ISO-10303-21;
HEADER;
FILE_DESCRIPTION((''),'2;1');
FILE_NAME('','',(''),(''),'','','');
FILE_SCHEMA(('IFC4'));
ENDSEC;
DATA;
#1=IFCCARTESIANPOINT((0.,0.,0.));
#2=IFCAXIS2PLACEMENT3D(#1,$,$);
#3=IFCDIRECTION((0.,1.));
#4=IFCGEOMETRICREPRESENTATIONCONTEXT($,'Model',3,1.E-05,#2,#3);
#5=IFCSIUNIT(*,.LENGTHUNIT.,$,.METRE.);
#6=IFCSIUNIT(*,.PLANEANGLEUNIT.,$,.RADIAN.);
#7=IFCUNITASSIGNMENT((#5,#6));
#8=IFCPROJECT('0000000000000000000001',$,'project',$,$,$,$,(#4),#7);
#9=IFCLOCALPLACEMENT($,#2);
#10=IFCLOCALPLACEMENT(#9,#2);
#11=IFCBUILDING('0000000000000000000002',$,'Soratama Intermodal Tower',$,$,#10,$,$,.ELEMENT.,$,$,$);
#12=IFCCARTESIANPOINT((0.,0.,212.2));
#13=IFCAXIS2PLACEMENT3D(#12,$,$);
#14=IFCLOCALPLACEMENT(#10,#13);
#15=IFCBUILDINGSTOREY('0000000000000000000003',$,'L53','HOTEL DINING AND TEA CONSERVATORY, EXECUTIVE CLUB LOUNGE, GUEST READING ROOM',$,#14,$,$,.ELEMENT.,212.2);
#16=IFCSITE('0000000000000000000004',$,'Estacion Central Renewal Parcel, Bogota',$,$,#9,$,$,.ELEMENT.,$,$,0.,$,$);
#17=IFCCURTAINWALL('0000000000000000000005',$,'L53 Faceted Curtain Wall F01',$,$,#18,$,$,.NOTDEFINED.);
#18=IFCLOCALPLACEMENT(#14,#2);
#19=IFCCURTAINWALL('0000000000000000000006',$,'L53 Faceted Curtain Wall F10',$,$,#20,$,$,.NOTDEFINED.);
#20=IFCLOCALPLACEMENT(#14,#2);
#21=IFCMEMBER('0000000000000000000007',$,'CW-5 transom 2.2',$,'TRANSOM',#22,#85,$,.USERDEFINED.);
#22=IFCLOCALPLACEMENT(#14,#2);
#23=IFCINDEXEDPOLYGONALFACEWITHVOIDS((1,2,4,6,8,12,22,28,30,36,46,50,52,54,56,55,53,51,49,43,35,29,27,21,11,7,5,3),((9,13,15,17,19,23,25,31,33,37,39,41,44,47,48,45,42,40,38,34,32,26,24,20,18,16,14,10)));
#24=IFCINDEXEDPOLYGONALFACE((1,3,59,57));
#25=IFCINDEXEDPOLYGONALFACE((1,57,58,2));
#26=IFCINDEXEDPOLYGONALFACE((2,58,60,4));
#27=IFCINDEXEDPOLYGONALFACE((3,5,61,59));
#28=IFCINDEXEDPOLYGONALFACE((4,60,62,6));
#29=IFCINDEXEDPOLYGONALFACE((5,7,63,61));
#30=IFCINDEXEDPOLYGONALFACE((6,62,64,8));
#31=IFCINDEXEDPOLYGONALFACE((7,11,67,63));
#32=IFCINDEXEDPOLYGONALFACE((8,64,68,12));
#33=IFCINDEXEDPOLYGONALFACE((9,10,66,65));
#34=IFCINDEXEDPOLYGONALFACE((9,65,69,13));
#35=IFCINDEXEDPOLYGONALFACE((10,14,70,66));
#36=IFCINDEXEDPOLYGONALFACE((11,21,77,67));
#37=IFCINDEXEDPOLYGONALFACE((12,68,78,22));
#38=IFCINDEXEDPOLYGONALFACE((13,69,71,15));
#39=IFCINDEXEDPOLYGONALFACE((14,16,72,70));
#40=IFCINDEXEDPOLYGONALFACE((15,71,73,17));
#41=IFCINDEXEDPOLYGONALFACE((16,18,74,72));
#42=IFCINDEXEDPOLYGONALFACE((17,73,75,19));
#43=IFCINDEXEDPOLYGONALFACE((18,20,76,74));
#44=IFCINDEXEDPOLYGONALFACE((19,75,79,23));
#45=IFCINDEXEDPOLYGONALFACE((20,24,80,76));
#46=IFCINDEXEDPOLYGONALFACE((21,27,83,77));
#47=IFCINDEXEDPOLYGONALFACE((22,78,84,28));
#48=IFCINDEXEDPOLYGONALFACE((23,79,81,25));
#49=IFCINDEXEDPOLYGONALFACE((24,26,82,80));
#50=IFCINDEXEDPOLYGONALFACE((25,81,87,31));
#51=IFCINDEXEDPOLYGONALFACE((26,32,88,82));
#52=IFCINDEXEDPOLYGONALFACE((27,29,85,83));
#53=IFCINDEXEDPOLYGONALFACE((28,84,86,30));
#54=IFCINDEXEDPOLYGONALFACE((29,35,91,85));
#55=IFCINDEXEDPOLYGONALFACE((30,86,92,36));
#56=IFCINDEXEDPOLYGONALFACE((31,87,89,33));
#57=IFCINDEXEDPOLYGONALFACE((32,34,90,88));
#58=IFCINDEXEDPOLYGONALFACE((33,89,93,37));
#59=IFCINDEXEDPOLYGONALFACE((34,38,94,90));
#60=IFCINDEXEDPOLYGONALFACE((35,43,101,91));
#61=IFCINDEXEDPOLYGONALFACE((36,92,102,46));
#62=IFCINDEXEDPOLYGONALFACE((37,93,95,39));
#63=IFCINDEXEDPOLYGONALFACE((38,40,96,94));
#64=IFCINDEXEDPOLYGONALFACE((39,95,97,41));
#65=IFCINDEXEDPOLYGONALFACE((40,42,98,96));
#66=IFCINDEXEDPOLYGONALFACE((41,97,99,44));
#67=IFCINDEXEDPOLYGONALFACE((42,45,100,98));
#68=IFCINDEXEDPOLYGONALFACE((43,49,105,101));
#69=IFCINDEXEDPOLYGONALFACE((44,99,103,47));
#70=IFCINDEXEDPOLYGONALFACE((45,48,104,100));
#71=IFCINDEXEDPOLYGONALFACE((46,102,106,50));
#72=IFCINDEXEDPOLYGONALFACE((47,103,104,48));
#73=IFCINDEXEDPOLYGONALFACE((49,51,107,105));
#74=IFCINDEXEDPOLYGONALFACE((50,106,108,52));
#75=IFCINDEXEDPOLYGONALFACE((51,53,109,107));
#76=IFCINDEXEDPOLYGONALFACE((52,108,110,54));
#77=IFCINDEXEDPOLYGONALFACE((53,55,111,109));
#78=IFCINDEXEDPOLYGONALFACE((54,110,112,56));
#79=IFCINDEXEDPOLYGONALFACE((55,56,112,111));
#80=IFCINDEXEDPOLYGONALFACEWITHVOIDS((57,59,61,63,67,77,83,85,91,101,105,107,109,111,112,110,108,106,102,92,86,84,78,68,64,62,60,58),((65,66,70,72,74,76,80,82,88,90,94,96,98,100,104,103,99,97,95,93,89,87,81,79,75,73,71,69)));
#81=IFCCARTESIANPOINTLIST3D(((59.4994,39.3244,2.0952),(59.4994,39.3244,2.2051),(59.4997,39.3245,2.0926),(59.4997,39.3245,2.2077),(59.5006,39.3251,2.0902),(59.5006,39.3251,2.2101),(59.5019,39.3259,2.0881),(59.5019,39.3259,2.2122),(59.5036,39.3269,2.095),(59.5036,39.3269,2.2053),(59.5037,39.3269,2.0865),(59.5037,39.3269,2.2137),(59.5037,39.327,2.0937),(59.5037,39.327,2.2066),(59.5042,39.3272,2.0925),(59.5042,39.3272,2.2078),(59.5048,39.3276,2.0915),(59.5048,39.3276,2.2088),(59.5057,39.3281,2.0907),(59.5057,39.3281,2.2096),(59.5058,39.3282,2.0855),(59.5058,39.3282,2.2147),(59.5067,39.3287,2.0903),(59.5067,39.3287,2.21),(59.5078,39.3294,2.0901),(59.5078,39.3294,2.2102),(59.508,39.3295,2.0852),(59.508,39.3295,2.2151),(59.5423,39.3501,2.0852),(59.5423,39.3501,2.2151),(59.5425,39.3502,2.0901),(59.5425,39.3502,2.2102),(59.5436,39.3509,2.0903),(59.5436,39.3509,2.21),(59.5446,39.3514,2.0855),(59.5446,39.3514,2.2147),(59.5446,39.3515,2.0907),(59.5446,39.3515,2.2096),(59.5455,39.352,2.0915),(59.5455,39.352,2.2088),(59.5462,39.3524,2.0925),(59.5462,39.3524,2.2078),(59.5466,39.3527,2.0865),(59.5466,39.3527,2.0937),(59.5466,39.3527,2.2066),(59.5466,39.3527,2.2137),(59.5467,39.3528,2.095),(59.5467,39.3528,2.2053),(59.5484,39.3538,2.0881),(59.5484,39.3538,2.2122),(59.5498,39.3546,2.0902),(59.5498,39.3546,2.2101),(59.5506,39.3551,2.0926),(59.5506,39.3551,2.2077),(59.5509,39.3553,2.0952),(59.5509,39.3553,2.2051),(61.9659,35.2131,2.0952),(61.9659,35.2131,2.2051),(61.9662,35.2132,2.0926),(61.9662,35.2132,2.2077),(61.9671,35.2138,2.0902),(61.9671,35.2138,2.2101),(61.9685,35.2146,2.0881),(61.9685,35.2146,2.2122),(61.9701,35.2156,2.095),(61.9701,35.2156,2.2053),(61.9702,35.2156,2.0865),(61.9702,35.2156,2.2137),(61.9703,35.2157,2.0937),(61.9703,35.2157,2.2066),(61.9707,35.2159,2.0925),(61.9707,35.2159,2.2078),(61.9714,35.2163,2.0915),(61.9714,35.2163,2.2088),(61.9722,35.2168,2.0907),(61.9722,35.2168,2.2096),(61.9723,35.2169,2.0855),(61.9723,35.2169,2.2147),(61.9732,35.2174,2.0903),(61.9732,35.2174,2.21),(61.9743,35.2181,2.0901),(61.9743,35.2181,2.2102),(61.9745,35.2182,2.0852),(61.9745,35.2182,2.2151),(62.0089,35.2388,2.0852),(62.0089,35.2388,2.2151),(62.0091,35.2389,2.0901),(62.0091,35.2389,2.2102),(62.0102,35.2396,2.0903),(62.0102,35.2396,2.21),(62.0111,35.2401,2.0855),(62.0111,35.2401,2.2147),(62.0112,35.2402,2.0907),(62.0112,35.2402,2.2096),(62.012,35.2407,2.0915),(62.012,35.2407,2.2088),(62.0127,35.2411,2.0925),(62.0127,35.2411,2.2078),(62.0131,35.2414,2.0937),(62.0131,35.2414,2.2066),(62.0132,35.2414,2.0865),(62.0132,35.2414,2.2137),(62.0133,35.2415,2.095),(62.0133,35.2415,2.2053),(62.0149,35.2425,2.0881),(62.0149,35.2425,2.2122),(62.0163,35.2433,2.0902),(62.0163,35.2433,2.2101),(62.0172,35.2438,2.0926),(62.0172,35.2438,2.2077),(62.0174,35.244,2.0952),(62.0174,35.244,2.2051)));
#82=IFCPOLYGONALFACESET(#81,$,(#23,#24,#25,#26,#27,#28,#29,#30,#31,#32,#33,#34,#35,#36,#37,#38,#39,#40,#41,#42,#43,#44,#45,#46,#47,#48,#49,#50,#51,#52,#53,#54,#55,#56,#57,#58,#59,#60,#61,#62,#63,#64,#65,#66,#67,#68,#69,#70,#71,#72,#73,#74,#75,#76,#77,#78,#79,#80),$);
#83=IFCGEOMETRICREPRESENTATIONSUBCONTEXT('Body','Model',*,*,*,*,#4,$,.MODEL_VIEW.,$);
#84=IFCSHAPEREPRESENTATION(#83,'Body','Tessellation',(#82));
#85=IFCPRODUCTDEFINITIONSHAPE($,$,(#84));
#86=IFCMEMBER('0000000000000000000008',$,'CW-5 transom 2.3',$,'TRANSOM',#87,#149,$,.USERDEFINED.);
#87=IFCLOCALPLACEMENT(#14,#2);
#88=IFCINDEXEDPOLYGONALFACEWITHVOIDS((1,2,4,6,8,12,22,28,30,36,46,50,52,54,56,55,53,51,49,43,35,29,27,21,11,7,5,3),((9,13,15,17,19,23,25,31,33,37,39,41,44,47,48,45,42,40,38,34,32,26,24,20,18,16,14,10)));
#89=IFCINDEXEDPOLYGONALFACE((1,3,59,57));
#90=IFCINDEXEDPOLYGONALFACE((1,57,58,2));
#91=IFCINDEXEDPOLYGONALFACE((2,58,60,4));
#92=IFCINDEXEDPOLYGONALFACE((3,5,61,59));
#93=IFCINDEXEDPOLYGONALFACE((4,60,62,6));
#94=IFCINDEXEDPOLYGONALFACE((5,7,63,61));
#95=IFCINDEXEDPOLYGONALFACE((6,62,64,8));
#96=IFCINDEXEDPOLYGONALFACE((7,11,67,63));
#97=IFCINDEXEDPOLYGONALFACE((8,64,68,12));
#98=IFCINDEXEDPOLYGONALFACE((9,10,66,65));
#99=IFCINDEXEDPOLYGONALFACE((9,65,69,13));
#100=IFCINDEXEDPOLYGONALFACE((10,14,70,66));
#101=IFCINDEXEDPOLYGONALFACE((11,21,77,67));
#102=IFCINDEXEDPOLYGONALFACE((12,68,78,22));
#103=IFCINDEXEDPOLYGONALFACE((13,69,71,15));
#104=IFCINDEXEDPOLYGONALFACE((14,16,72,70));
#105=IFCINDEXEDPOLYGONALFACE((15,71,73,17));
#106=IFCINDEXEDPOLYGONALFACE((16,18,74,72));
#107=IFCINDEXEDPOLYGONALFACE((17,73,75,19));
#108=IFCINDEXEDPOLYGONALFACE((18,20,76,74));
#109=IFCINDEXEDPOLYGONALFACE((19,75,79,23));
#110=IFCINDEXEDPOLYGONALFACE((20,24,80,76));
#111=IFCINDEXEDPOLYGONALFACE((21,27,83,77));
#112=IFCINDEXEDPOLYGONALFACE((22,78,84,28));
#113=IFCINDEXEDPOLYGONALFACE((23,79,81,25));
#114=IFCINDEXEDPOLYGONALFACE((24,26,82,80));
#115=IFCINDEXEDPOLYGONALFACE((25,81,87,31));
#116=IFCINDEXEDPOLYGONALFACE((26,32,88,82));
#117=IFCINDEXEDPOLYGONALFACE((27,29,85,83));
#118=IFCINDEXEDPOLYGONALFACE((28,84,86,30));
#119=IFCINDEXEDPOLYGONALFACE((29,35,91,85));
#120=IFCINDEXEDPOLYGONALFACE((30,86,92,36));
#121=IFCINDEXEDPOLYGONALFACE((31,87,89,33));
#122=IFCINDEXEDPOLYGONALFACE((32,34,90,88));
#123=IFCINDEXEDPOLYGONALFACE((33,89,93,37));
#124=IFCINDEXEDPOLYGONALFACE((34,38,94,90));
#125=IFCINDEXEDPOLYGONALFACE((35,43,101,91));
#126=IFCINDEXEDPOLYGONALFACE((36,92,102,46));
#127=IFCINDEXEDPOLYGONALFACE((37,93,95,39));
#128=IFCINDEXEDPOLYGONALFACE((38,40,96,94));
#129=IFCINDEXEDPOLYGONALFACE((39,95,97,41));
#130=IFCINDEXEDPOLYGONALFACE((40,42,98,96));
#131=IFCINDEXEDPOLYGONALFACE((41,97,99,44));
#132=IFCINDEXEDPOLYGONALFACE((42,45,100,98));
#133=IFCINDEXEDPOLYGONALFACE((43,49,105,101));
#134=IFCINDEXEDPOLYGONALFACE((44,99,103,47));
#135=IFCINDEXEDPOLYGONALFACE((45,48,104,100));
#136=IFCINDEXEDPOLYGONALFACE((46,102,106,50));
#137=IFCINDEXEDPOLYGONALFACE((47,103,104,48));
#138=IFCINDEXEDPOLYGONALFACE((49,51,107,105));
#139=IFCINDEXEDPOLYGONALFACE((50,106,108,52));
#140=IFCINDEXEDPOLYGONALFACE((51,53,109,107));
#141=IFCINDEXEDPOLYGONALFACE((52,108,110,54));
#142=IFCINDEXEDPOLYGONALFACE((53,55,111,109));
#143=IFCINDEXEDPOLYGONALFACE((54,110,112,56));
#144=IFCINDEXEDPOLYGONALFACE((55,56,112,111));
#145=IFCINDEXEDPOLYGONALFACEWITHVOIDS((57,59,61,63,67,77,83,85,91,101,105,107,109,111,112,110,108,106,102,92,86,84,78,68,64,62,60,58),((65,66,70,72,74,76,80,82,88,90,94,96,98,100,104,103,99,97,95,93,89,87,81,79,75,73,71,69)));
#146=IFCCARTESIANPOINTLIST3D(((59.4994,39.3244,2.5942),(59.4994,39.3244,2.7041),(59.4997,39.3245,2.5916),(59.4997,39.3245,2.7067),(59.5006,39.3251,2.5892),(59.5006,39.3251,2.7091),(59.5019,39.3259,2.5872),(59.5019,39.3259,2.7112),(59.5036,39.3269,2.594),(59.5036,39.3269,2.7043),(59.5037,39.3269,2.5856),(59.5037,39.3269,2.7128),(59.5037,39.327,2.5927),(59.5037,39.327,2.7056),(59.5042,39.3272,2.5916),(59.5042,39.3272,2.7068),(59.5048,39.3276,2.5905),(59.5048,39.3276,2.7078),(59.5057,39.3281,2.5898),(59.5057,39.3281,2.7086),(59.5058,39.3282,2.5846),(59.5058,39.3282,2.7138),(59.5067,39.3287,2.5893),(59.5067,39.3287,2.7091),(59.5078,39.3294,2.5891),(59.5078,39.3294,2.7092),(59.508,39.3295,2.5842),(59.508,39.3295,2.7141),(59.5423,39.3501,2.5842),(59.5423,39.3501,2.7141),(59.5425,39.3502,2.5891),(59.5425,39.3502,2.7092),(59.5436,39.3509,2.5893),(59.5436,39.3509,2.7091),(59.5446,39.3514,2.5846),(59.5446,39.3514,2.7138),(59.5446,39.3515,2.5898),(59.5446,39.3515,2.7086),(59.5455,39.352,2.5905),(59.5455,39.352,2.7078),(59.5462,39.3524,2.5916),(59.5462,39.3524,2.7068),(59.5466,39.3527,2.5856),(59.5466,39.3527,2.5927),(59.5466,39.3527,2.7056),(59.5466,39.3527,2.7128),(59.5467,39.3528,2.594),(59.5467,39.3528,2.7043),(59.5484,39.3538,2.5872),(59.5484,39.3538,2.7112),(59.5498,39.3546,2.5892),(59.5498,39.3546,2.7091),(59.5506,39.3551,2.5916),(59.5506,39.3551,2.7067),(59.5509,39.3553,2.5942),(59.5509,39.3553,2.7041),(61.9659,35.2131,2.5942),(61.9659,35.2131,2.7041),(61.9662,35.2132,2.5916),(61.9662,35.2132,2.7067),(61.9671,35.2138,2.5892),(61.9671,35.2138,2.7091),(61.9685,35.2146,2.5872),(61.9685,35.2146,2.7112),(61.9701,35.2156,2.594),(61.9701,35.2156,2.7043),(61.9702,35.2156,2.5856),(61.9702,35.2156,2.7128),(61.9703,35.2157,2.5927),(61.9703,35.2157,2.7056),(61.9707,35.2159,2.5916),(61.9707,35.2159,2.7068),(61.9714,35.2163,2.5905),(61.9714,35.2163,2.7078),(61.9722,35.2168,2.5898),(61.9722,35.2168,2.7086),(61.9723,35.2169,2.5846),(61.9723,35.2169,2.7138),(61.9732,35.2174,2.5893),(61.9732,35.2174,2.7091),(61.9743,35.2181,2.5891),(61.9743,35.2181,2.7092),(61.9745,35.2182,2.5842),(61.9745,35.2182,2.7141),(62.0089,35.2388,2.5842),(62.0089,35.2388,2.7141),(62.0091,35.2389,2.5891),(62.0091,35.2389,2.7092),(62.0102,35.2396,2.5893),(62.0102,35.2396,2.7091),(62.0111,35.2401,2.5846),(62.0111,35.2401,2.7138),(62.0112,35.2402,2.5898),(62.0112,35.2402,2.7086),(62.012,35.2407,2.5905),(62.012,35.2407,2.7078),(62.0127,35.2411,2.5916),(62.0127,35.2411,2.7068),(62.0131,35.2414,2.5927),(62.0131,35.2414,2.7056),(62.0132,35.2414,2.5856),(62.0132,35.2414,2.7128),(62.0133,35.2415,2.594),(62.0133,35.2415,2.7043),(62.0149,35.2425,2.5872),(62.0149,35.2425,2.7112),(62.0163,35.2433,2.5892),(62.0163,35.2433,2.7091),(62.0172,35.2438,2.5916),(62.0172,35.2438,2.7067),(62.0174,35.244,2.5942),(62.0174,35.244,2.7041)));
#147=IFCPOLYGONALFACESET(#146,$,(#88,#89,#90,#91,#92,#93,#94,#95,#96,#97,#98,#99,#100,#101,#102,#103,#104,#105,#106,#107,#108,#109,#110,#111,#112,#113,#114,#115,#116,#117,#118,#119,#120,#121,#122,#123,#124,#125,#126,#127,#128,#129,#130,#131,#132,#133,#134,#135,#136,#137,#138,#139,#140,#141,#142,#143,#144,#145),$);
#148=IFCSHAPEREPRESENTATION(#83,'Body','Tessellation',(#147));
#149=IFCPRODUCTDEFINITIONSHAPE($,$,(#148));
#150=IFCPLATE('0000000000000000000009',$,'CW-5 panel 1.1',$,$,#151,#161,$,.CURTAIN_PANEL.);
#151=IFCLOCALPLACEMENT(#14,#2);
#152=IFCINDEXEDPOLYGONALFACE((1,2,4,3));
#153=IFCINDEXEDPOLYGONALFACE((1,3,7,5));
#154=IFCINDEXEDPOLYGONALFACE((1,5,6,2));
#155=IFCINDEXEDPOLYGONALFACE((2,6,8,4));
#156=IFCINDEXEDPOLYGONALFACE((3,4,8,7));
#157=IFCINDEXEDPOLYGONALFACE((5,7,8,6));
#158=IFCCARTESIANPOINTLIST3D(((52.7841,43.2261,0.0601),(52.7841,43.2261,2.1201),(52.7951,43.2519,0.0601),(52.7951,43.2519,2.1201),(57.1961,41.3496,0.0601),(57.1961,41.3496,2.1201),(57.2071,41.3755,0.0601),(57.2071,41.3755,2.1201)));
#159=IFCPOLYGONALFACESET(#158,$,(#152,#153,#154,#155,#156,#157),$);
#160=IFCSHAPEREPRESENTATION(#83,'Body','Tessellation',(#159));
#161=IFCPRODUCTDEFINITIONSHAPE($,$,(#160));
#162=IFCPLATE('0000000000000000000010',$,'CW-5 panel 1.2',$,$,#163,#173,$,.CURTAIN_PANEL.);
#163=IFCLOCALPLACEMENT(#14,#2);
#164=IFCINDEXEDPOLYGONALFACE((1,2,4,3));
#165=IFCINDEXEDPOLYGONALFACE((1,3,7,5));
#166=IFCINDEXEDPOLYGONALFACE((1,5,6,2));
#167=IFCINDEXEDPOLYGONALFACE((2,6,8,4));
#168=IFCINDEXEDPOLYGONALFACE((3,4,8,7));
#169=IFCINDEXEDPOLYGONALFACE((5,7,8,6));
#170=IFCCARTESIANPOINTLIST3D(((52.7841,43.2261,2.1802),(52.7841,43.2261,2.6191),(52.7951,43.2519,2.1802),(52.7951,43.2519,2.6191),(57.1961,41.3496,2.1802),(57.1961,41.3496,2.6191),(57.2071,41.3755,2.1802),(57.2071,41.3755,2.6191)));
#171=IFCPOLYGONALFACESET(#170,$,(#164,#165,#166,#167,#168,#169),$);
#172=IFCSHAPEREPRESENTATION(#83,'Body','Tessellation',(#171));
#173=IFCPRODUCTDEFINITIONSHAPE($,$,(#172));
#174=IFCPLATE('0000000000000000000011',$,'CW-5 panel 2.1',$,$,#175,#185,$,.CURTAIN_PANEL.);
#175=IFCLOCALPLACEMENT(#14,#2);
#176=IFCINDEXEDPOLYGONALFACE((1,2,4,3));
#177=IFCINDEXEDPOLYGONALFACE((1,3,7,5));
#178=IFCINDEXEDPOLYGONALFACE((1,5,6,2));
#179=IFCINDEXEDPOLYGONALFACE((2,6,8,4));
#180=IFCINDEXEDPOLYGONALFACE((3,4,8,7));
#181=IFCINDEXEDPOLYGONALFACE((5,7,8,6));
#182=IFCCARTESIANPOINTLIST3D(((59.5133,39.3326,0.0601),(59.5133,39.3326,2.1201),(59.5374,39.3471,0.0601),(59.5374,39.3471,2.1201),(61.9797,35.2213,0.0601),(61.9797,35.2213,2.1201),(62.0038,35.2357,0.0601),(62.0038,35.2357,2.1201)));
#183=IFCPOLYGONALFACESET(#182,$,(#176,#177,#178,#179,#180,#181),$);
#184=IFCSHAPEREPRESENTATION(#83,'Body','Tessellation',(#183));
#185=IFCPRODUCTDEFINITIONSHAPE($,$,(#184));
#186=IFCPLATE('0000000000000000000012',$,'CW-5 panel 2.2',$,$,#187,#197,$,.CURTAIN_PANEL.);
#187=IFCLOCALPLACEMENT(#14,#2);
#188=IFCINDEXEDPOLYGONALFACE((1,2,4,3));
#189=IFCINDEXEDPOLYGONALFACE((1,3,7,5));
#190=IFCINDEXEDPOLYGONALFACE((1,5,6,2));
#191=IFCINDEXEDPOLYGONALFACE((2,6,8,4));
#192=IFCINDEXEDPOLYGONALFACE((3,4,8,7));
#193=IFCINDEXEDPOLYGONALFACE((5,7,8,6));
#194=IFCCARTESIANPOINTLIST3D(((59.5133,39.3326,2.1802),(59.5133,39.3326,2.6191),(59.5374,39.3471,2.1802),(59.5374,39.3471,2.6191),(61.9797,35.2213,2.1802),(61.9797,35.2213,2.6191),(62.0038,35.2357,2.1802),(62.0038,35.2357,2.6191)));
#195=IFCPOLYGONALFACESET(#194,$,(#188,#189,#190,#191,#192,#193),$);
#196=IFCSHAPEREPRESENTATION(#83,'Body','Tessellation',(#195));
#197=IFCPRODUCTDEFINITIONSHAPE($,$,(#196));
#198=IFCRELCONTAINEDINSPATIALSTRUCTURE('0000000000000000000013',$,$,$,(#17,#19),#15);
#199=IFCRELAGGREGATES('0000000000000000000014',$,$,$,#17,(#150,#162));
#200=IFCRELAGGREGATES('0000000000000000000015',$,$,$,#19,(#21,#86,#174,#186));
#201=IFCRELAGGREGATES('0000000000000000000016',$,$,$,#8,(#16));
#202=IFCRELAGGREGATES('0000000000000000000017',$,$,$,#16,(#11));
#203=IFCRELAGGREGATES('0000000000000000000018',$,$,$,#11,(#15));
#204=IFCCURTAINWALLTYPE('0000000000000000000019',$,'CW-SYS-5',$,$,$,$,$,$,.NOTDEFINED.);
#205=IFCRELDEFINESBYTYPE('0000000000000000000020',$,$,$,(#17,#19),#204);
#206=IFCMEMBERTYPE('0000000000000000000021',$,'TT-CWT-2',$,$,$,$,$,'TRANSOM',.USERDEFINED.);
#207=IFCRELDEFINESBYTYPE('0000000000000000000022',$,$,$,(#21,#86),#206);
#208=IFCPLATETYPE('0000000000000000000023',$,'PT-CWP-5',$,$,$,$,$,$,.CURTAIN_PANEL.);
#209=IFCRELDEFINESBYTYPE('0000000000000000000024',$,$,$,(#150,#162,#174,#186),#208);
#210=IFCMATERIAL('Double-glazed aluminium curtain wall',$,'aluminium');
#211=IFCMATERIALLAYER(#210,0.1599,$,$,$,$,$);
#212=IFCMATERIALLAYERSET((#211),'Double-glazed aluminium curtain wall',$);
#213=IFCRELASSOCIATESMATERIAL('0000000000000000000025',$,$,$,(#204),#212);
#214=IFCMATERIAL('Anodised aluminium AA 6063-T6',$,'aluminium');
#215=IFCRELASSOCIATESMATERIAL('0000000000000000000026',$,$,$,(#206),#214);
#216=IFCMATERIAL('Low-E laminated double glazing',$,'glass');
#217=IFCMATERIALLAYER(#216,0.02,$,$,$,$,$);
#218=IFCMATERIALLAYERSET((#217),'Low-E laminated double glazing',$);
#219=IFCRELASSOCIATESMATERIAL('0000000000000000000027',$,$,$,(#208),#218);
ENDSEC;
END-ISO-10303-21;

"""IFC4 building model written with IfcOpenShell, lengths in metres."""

from ifc_helpers import new_model, si_unit, direction, frame, origin, origin_2d, place, context, subcontext, project, spatial, rectangle, hollow_rectangle, extrude, material, layer, layer_set, material_profile, profile_set, type_object, element, aggregate, save


model = new_model("IFC4")

# Units and contexts
model_context = context("Model", 3, precision=1e-05, world=origin(), true_north=direction((0.0, 1.0)))
body_context = subcontext(model_context, "Body", "Model", "MODEL_VIEW")
ifc_project = project(units=[si_unit("LENGTHUNIT", "METRE"), si_unit("PLANEANGLEUNIT", "RADIAN")], contexts=[model_context])

# Site, building, storey
site_placement = place(None, origin())
site = spatial("IfcSite", under=ifc_project, at=site_placement, Name="Estacion Central Renewal Parcel, Bogota", CompositionType="ELEMENT", RefElevation=0.0)
building_placement = place(site_placement, origin())
building = spatial("IfcBuilding", under=site, at=building_placement, Name="Soratama Intermodal Tower", CompositionType="ELEMENT")
storey_placement = place(building_placement, frame((0.0, 0.0, 212.2)))
storey = spatial("IfcBuildingStorey", under=building, at=storey_placement, Name="L53", Description="HOTEL DINING AND TEA CONSERVATORY, EXECUTIVE CLUB LOUNGE, GUEST READING ROOM", CompositionType="ELEMENT", Elevation=212.2)

# Curtain wall
ifc_material_1 = material(Name="Double-glazed aluminium curtain wall", Category="aluminium")
ifc_layer_1 = layer(ifc_material_1, 0.1599)
ifc_layer_set_1 = layer_set([ifc_layer_1], Name="Double-glazed aluminium curtain wall")
curtain_wall_type = type_object("IfcCurtainWallType", Name="CW-SYS-5", PredefinedType="NOTDEFINED", material=ifc_layer_set_1)
curtain_wall_1_placement = place(storey_placement, origin())
curtain_wall_1 = element("IfcCurtainWall", 1, at=curtain_wall_1_placement, inside=storey, type_object=curtain_wall_type, Name="L53 Faceted Curtain Wall F01", PredefinedType="NOTDEFINED")

# Curtain wall
curtain_wall_2_placement = place(storey_placement, origin())
curtain_wall_2 = element("IfcCurtainWall", 2, at=curtain_wall_2_placement, inside=storey, type_object=curtain_wall_type, Name="L53 Faceted Curtain Wall F10", PredefinedType="NOTDEFINED")

# Members
ifc_material_2 = material(Name="Anodised aluminium AA 6063-T6", Category="aluminium")
ifc_material_profile_1 = material_profile(ifc_material_2, hollow_rectangle(XDim=0.0601, YDim=0.1299, WallThickness=0.0049, InnerFilletRadius=0.0049, OuterFilletRadius=0.01, at=origin_2d()), Name="CWT130X60X5")
ifc_profile_set_1 = profile_set([ifc_material_profile_1], Name="Anodised aluminium AA 6063-T6")
member_type_1 = type_object("IfcMemberType", Name="TT-CWT-2", ElementType="TRANSOM", PredefinedType="USERDEFINED", material=ifc_profile_set_1)
member_1_placement = place(storey_placement, frame((61.9917, 35.2285, 2.1501), z_axis=(-0.514458, 0.857515, 0.0), x_axis=(-0.857515, -0.514458, 0.0)))
member_1 = element("IfcMember", 3, at=member_1_placement, type_object=member_type_1, Name="CW-5 transom 2.2", ObjectType="TRANSOM", PredefinedType="USERDEFINED", context=body_context, shape_type="SweptSolid", body=[
    extrude(hollow_rectangle(XDim=0.0601, YDim=0.1299, WallThickness=0.0049, InnerFilletRadius=0.0049, OuterFilletRadius=0.01, at=origin_2d()), origin(), (0.0, 0.0, 1.0), 4.7944),
])
member_2_placement = place(storey_placement, frame((61.9917, 35.2285, 2.6492), z_axis=(-0.514458, 0.857515, 0.0), x_axis=(-0.857515, -0.514458, 0.0)))
member_2 = element("IfcMember", 4, at=member_2_placement, type_object=member_type_1, Name="CW-5 transom 2.3", ObjectType="TRANSOM", PredefinedType="USERDEFINED", context=body_context, shape_type="SweptSolid", body=[
    extrude(hollow_rectangle(XDim=0.0601, YDim=0.1299, WallThickness=0.0049, InnerFilletRadius=0.0049, OuterFilletRadius=0.01, at=origin_2d()), origin(), (0.0, 0.0, 1.0), 4.7944),
])

# Plates
ifc_material_3 = material(Name="Low-E laminated double glazing", Category="glass")
ifc_layer_2 = layer(ifc_material_3, 0.02)
ifc_layer_set_2 = layer_set([ifc_layer_2], Name="Low-E laminated double glazing")
plate_type = type_object("IfcPlateType", Name="PT-CWP-5", PredefinedType="CURTAIN_PANEL", material=ifc_layer_set_2)
plate_1_placement = place(storey_placement, frame((54.9956, 42.3008, 0.0601), z_axis=(0.0, 0.0, 1.0), x_axis=(-0.920231, 0.391376, 0.0)))
plate_1 = element("IfcPlate", 5, at=plate_1_placement, type_object=plate_type, Name="CW-5 panel 1.1", PredefinedType="CURTAIN_PANEL", context=body_context, shape_type="SweptSolid", body=[
    extrude(rectangle(XDim=4.7944, YDim=0.0281, at=origin_2d()), origin(), (0.0, 0.0, 1.0), 2.0601),
])
plate_2_placement = place(storey_placement, frame((54.9956, 42.3008, 2.1802), z_axis=(0.0, 0.0, 1.0), x_axis=(-0.920231, 0.391376, 0.0)))
plate_2 = element("IfcPlate", 6, at=plate_2_placement, type_object=plate_type, Name="CW-5 panel 1.2", PredefinedType="CURTAIN_PANEL", context=body_context, shape_type="SweptSolid", body=[
    extrude(rectangle(XDim=4.7944, YDim=0.0281, at=origin_2d()), origin(), (0.0, 0.0, 1.0), 0.439),
])
aggregate(curtain_wall_1, [plate_1, plate_2])
plate_3_placement = place(storey_placement, frame((60.7585, 37.2842, 0.0601), z_axis=(0.0, 0.0, 1.0), x_axis=(-0.514439, 0.857527, 0.0)))
plate_3 = element("IfcPlate", 7, at=plate_3_placement, type_object=plate_type, Name="CW-5 panel 2.1", PredefinedType="CURTAIN_PANEL", context=body_context, shape_type="SweptSolid", body=[
    extrude(rectangle(XDim=4.7944, YDim=0.0281, at=origin_2d()), origin(), (0.0, 0.0, 1.0), 2.0601),
])
plate_4_placement = place(storey_placement, frame((60.7585, 37.2842, 2.1802), z_axis=(0.0, 0.0, 1.0), x_axis=(-0.514439, 0.857527, 0.0)))
plate_4 = element("IfcPlate", 8, at=plate_4_placement, type_object=plate_type, Name="CW-5 panel 2.2", PredefinedType="CURTAIN_PANEL", context=body_context, shape_type="SweptSolid", body=[
    extrude(rectangle(XDim=4.7944, YDim=0.0281, at=origin_2d()), origin(), (0.0, 0.0, 1.0), 0.439),
])
aggregate(curtain_wall_2, [member_1, member_2, plate_3, plate_4])

save(model, "model.ifc")
